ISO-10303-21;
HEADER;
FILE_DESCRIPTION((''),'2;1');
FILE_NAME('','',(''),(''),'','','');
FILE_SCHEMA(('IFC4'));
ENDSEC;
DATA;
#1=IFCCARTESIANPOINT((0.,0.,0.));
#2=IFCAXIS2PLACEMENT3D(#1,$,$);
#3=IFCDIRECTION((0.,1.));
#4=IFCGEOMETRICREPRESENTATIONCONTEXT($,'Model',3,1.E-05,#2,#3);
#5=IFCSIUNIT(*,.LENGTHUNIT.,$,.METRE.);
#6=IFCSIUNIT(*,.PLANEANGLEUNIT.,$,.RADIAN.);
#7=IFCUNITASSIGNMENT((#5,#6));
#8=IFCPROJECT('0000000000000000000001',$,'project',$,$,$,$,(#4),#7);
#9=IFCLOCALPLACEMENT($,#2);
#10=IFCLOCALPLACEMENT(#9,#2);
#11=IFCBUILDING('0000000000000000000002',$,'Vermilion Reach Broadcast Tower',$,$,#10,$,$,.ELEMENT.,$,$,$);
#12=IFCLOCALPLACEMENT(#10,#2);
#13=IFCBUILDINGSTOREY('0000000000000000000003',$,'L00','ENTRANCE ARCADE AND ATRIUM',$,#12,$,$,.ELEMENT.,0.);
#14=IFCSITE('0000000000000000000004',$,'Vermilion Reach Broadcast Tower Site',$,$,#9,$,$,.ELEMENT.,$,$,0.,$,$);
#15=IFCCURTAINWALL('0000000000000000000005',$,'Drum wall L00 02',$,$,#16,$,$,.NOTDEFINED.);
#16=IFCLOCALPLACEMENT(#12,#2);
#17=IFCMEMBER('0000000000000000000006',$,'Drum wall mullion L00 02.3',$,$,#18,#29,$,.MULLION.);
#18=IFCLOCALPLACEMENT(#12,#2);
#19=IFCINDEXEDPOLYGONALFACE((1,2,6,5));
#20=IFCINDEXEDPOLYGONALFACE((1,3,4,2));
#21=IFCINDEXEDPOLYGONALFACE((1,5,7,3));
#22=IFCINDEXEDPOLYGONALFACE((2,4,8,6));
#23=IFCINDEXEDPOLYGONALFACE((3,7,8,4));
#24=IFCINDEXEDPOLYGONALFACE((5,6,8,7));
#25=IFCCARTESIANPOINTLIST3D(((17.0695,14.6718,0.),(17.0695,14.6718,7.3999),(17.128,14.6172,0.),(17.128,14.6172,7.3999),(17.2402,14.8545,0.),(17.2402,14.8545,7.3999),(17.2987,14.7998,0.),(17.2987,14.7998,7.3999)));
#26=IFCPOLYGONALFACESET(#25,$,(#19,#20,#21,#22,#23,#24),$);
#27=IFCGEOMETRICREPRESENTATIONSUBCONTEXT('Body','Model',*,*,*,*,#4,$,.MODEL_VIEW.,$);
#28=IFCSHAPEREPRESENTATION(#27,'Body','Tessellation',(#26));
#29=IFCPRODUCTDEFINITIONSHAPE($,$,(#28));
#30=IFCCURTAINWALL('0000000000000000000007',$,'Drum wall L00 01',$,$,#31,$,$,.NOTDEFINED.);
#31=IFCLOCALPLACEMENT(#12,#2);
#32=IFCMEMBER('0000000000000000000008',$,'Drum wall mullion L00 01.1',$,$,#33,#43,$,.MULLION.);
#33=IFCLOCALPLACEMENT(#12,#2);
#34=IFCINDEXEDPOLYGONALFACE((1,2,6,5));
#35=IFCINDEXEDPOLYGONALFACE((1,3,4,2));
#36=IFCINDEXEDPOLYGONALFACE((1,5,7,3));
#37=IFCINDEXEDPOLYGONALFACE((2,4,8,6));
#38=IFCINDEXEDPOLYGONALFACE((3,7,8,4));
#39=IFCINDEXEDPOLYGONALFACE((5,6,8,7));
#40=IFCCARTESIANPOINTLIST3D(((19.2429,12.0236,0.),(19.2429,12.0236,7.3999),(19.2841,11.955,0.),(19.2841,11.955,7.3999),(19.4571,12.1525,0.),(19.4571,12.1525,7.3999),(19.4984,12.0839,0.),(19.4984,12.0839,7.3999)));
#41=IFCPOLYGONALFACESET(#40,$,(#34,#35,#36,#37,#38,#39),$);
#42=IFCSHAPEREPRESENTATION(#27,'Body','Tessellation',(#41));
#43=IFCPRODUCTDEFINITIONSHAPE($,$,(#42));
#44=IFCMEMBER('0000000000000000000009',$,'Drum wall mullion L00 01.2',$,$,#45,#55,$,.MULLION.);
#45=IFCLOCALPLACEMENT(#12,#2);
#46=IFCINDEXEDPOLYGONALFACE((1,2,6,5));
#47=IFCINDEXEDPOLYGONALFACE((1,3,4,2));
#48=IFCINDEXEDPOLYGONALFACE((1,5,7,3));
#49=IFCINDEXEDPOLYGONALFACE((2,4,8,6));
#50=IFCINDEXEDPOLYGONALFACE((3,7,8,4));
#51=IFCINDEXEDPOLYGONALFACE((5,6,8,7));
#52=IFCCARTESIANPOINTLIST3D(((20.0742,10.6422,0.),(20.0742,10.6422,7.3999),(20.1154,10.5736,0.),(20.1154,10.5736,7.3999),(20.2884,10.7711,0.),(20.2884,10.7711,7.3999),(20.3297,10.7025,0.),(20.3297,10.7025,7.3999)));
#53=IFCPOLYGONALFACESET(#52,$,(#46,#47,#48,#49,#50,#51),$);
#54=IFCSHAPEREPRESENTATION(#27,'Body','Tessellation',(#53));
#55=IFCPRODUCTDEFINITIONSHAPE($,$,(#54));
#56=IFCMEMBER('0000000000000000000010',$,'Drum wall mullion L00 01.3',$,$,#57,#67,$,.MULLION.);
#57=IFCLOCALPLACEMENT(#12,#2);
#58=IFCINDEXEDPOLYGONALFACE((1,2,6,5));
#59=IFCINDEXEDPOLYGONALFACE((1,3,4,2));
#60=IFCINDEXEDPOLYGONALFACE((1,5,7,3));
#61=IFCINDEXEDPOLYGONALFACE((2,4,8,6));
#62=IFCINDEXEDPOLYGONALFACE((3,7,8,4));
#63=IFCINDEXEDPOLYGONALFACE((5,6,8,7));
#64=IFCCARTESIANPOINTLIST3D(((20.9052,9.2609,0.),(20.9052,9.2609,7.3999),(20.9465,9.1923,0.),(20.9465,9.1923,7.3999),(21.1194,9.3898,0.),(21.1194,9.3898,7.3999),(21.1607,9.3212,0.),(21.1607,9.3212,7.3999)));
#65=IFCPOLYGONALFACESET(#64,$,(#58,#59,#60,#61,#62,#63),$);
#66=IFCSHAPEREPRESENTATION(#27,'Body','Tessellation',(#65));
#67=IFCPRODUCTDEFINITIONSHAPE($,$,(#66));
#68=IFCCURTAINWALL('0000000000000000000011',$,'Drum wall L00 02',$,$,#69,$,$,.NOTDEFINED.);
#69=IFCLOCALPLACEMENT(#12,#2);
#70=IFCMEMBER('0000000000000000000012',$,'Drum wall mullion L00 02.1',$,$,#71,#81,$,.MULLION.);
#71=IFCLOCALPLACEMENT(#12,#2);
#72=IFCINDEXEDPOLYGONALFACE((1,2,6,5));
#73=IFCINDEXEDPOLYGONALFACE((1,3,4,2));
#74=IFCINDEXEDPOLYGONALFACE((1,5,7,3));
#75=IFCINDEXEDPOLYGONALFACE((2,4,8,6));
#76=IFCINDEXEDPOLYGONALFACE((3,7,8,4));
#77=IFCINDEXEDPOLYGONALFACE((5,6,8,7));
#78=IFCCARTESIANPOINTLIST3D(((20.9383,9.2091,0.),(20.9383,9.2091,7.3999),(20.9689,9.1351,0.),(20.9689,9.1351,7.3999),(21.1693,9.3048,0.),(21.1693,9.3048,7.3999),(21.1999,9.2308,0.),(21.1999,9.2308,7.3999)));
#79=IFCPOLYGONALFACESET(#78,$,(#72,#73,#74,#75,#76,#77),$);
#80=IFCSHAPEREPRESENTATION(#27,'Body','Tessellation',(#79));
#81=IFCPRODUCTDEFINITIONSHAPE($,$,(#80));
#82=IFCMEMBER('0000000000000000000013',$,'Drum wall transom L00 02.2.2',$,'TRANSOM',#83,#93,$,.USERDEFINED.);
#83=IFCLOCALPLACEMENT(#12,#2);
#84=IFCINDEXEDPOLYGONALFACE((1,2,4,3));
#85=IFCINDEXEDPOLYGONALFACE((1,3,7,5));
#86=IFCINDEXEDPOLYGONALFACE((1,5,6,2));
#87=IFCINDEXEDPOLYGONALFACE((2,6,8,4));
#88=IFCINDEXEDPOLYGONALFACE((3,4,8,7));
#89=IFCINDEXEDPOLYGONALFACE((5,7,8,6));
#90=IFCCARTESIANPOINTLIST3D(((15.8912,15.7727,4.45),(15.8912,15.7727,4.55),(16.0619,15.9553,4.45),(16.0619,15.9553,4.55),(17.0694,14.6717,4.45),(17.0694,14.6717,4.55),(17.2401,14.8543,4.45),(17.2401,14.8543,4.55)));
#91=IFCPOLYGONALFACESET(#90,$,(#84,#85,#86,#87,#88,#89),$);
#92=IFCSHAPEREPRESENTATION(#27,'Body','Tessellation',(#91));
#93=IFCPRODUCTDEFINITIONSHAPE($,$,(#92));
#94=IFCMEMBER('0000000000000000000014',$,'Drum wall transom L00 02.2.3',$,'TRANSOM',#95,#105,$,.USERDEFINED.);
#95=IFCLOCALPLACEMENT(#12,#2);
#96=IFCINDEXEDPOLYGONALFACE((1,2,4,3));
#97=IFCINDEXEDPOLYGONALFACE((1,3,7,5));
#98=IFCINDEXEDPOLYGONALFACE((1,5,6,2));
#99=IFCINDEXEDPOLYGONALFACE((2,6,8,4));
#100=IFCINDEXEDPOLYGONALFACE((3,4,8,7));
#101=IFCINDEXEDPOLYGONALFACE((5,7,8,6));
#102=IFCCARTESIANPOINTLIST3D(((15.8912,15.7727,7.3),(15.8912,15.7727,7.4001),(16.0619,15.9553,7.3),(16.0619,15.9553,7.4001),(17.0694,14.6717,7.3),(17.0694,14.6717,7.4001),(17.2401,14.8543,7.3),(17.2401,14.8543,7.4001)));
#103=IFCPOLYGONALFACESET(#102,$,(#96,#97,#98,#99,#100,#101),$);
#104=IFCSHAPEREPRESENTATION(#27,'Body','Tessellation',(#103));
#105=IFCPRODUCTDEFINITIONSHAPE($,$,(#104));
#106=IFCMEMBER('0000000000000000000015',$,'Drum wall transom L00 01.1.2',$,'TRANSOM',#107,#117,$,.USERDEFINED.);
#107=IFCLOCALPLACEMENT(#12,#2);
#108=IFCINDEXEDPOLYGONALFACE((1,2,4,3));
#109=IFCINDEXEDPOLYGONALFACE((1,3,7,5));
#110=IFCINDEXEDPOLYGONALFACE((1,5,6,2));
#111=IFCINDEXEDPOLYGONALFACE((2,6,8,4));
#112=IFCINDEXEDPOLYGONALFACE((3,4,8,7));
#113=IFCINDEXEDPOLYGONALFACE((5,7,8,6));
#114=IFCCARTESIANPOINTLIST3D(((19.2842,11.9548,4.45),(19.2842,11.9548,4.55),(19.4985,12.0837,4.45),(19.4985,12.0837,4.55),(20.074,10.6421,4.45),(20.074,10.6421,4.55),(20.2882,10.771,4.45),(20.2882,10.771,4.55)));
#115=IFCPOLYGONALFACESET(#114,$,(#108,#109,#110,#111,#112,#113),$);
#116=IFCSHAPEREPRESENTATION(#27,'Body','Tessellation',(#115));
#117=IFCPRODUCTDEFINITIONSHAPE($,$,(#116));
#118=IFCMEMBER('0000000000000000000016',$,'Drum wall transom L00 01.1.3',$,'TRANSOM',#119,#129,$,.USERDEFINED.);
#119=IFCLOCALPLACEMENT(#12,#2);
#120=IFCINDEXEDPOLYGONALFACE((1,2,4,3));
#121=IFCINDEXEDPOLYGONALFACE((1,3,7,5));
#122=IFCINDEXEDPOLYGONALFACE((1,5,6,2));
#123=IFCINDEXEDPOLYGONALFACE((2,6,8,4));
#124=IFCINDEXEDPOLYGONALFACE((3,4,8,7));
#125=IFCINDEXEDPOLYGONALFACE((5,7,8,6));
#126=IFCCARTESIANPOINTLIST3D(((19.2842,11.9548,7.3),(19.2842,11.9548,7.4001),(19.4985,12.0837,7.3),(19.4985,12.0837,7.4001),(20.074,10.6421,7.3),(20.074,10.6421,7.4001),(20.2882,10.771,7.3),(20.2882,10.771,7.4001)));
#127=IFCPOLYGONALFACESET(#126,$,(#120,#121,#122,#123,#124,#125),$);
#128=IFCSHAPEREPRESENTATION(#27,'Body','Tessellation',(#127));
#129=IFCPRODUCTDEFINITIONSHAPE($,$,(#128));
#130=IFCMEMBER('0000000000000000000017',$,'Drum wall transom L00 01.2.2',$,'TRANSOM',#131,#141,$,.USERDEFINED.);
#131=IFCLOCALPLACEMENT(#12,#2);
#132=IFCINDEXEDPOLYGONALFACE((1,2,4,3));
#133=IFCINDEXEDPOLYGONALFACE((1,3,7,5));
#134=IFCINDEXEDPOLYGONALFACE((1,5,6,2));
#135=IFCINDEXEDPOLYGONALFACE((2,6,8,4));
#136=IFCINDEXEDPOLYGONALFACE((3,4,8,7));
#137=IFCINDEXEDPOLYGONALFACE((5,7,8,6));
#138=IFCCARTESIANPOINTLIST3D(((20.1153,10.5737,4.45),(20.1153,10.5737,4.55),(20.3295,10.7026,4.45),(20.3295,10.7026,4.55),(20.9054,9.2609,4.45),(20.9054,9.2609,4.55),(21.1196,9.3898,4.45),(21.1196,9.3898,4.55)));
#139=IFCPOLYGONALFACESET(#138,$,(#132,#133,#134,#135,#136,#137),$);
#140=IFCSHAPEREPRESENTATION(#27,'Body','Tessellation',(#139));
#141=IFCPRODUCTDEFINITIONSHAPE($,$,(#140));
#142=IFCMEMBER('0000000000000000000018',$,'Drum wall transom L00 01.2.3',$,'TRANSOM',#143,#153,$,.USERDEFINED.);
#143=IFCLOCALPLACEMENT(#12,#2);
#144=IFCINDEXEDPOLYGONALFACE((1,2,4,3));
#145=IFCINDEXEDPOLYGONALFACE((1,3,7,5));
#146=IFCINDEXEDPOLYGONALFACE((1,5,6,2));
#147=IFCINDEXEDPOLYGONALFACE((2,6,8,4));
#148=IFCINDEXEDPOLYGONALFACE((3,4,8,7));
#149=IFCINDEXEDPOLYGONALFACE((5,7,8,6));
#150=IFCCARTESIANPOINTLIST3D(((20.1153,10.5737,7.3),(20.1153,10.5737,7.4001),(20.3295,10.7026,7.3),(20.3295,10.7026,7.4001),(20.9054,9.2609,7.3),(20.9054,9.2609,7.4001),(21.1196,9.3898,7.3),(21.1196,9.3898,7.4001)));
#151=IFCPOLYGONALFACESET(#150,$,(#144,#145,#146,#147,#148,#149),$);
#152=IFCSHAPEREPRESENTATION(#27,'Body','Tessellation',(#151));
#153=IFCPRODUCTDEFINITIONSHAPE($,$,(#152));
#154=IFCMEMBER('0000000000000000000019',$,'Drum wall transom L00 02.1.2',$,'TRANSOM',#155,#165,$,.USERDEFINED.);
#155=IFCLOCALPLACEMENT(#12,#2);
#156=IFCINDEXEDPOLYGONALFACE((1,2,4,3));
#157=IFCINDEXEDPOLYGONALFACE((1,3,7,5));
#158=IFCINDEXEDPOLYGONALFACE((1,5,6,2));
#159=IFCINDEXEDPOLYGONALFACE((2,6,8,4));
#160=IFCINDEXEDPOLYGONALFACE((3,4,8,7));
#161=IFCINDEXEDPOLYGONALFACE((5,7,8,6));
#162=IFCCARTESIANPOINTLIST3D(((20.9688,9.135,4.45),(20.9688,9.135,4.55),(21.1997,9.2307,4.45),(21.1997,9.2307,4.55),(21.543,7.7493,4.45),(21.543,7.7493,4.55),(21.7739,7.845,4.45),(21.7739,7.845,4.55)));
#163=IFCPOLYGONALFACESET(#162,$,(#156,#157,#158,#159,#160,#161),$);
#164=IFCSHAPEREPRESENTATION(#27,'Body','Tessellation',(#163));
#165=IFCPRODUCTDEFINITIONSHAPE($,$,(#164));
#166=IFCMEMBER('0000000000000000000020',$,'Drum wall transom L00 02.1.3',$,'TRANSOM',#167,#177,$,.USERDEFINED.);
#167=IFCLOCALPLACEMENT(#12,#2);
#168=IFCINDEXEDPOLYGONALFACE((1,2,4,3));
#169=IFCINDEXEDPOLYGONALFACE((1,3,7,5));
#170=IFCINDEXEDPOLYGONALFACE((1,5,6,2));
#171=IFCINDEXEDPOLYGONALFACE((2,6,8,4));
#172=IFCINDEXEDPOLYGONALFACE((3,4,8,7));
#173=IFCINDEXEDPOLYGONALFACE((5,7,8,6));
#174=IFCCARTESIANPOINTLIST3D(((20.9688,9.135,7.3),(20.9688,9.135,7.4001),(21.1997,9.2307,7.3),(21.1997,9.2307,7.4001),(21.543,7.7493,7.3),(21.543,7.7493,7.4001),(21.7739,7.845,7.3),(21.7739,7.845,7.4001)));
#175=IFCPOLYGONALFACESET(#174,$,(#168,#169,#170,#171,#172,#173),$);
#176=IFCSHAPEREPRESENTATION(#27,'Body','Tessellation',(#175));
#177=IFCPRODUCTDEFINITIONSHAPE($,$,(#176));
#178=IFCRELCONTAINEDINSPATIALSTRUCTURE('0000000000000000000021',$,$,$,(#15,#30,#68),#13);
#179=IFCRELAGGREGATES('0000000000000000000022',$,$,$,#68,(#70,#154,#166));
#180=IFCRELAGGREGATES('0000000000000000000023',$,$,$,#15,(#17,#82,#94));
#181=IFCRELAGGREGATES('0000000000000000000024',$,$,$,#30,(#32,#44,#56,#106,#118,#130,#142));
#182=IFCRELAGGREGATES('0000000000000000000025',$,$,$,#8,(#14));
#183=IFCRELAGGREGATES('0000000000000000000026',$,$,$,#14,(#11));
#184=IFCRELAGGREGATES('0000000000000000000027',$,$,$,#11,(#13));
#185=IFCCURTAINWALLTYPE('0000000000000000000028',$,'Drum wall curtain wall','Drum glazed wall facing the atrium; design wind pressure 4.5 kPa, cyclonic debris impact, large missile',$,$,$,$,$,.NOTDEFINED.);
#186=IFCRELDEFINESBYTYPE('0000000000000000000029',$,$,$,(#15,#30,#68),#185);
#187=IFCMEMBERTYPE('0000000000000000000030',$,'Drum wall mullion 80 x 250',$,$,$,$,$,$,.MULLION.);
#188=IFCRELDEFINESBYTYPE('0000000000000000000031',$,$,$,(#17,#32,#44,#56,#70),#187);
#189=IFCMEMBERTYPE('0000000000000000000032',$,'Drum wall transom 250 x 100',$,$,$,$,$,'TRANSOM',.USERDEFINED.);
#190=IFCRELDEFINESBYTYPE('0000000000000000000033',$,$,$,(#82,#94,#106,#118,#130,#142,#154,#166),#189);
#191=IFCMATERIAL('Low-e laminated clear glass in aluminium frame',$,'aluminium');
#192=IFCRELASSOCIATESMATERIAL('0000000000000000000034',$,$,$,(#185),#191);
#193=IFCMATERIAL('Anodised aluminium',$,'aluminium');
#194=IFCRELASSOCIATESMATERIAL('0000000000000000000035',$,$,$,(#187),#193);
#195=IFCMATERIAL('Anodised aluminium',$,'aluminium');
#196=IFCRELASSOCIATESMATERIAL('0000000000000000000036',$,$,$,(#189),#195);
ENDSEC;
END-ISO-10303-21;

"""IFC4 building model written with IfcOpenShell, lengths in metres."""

from ifc_helpers import new_model, si_unit, direction, frame, origin, origin_2d, place, context, subcontext, project, spatial, rectangle, extrude, material, material_profile, profile_set, type_object, element, aggregate, save


model = new_model("IFC4")

# Units and contexts
model_context = context("Model", 3, precision=1e-05, world=origin(), true_north=direction((0.0, 1.0)))
body_context = subcontext(model_context, "Body", "Model", "MODEL_VIEW")
ifc_project = project(units=[si_unit("LENGTHUNIT", "METRE"), si_unit("PLANEANGLEUNIT", "RADIAN")], contexts=[model_context])

# Site, building, storey
site_placement = place(None, origin())
site = spatial("IfcSite", under=ifc_project, at=site_placement, Name="Vermilion Reach Broadcast Tower Site", CompositionType="ELEMENT", RefElevation=0.0)
building_placement = place(site_placement, origin())
building = spatial("IfcBuilding", under=site, at=building_placement, Name="Vermilion Reach Broadcast Tower", CompositionType="ELEMENT")
storey_placement = place(building_placement, origin())
storey = spatial("IfcBuildingStorey", under=building, at=storey_placement, Name="L00", Description="ENTRANCE ARCADE AND ATRIUM", CompositionType="ELEMENT", Elevation=0.0)

# Curtain walls, members
ifc_material_1 = material(Name="Low-e laminated clear glass in aluminium frame", Category="aluminium")
curtain_wall_type = type_object("IfcCurtainWallType", Name="Drum wall curtain wall", Description="Drum glazed wall facing the atrium; design wind pressure 4.5 kPa, cyclonic debris impact, large missile", PredefinedType="NOTDEFINED", material=ifc_material_1)
placement = place(storey_placement, origin())
curtain_wall_1 = element("IfcCurtainWall", 1, at=placement, inside=storey, type_object=curtain_wall_type, Name="Drum wall L00 02", PredefinedType="NOTDEFINED")
ifc_material_2 = material(Name="Anodised aluminium", Category="aluminium")
ifc_material_profile_1 = material_profile(ifc_material_2, rectangle(XDim=0.25, YDim=0.0801, at=origin_2d()), Name="Drum wall mullion 80 x 250")
ifc_profile_set_1 = profile_set([ifc_material_profile_1], Name="Anodised aluminium")
member_type_1 = type_object("IfcMemberType", Name="Drum wall mullion 80 x 250", PredefinedType="MULLION", material=ifc_profile_set_1)
member_1_placement = place(storey_placement, frame((17.1841, 14.7358, 0.0), z_axis=(0.0, 0.0, 1.0), x_axis=(0.682748, 0.730654, 0.0)))
member_1 = element("IfcMember", 2, at=member_1_placement, type_object=member_type_1, Name="Drum wall mullion L00 02.3", PredefinedType="MULLION", context=body_context, shape_type="SweptSolid", body=[
    extrude(rectangle(XDim=0.25, YDim=0.0801, at=origin_2d()), origin(), (0.0, 0.0, 1.0), 7.3999),
])
curtain_wall_2 = element("IfcCurtainWall", 3, at=placement, inside=storey, type_object=curtain_wall_type, Name="Drum wall L00 01", PredefinedType="NOTDEFINED")
member_2_placement = place(storey_placement, frame((19.3706, 12.0537, 0.0), z_axis=(0.0, 0.0, 1.0), x_axis=(0.856821, 0.515613, 0.0)))
member_2 = element("IfcMember", 4, at=member_2_placement, type_object=member_type_1, Name="Drum wall mullion L00 01.1", PredefinedType="MULLION", context=body_context, shape_type="SweptSolid", body=[
    extrude(rectangle(XDim=0.25, YDim=0.0801, at=origin_2d()), origin(), (0.0, 0.0, 1.0), 7.3999),
])
member_3_placement = place(storey_placement, frame((20.2019, 10.6724, 0.0), z_axis=(0.0, 0.0, 1.0), x_axis=(0.856821, 0.515613, 0.0)))
member_3 = element("IfcMember", 5, at=member_3_placement, type_object=member_type_1, Name="Drum wall mullion L00 01.2", PredefinedType="MULLION", context=body_context, shape_type="SweptSolid", body=[
    extrude(rectangle(XDim=0.25, YDim=0.0801, at=origin_2d()), origin(), (0.0, 0.0, 1.0), 7.3999),
])
member_4_placement = place(storey_placement, frame((21.033, 9.291, 0.0), z_axis=(0.0, 0.0, 1.0), x_axis=(0.856821, 0.515613, 0.0)))
member_4 = element("IfcMember", 6, at=member_4_placement, type_object=member_type_1, Name="Drum wall mullion L00 01.3", PredefinedType="MULLION", context=body_context, shape_type="SweptSolid", body=[
    extrude(rectangle(XDim=0.25, YDim=0.0801, at=origin_2d()), origin(), (0.0, 0.0, 1.0), 7.3999),
])

# Curtain wall, member
curtain_wall_3 = element("IfcCurtainWall", 7, at=placement, inside=storey, type_object=curtain_wall_type, Name="Drum wall L00 02", PredefinedType="NOTDEFINED")
member_5_placement = place(storey_placement, frame((21.0691, 9.22, 0.0), z_axis=(0.0, 0.0, 1.0), x_axis=(0.923875, 0.382693, 0.0)))
member_5 = element("IfcMember", 8, at=member_5_placement, type_object=member_type_1, Name="Drum wall mullion L00 02.1", PredefinedType="MULLION", context=body_context, shape_type="SweptSolid", body=[
    extrude(rectangle(XDim=0.25, YDim=0.0801, at=origin_2d()), origin(), (0.0, 0.0, 1.0), 7.3999),
])

# Members
ifc_material_3 = material(Name="Anodised aluminium", Category="aluminium")
ifc_material_profile_2 = material_profile(ifc_material_3, rectangle(XDim=0.25, YDim=0.1001, at=origin_2d()), Name="Drum wall transom 250 x 100")
ifc_profile_set_2 = profile_set([ifc_material_profile_2], Name="Anodised aluminium")
member_type_2 = type_object("IfcMemberType", Name="Drum wall transom 250 x 100", ElementType="TRANSOM", PredefinedType="USERDEFINED", material=ifc_profile_set_2)
member_6_placement = place(storey_placement, frame((15.9766, 15.864, 4.5), z_axis=(0.730622, -0.682782, 0.0), x_axis=(0.682782, 0.730622, 0.0)))
member_6 = element("IfcMember", 9, at=member_6_placement, type_object=member_type_2, Name="Drum wall transom L00 02.2.2", ObjectType="TRANSOM", PredefinedType="USERDEFINED", context=body_context, shape_type="SweptSolid", body=[
    extrude(rectangle(XDim=0.25, YDim=0.1001, at=origin_2d()), origin(), (0.0, 0.0, 1.0), 1.6125),
])
member_7_placement = place(storey_placement, frame((15.9766, 15.864, 7.3501), z_axis=(0.730622, -0.682782, 0.0), x_axis=(0.682782, 0.730622, 0.0)))
member_7 = element("IfcMember", 10, at=member_7_placement, type_object=member_type_2, Name="Drum wall transom L00 02.2.3", ObjectType="TRANSOM", PredefinedType="USERDEFINED", context=body_context, shape_type="SweptSolid", body=[
    extrude(rectangle(XDim=0.25, YDim=0.1001, at=origin_2d()), origin(), (0.0, 0.0, 1.0), 1.6125),
])
member_8_placement = place(storey_placement, frame((19.3914, 12.0193, 4.5), z_axis=(0.515527, -0.856874, 0.0), x_axis=(0.856874, 0.515527, 0.0)))
member_8 = element("IfcMember", 11, at=member_8_placement, type_object=member_type_2, Name="Drum wall transom L00 01.1.2", ObjectType="TRANSOM", PredefinedType="USERDEFINED", context=body_context, shape_type="SweptSolid", body=[
    extrude(rectangle(XDim=0.25, YDim=0.1001, at=origin_2d()), origin(), (0.0, 0.0, 1.0), 1.532),
])
member_9_placement = place(storey_placement, frame((19.3914, 12.0193, 7.3501), z_axis=(0.515527, -0.856874, 0.0), x_axis=(0.856874, 0.515527, 0.0)))
member_9 = element("IfcMember", 12, at=member_9_placement, type_object=member_type_2, Name="Drum wall transom L00 01.1.3", ObjectType="TRANSOM", PredefinedType="USERDEFINED", context=body_context, shape_type="SweptSolid", body=[
    extrude(rectangle(XDim=0.25, YDim=0.1001, at=origin_2d()), origin(), (0.0, 0.0, 1.0), 1.532),
])
member_10_placement = place(storey_placement, frame((20.2224, 10.6382, 4.5), z_axis=(0.515644, -0.856803, 0.0), x_axis=(0.856803, 0.515644, 0.0)))
member_10 = element("IfcMember", 13, at=member_10_placement, type_object=member_type_2, Name="Drum wall transom L00 01.2.2", ObjectType="TRANSOM", PredefinedType="USERDEFINED", context=body_context, shape_type="SweptSolid", body=[
    extrude(rectangle(XDim=0.25, YDim=0.1001, at=origin_2d()), origin(), (0.0, 0.0, 1.0), 1.5322),
])
member_11_placement = place(storey_placement, frame((20.2224, 10.6382, 7.3501), z_axis=(0.515644, -0.856803, 0.0), x_axis=(0.856803, 0.515644, 0.0)))
member_11 = element("IfcMember", 14, at=member_11_placement, type_object=member_type_2, Name="Drum wall transom L00 01.2.3", ObjectType="TRANSOM", PredefinedType="USERDEFINED", context=body_context, shape_type="SweptSolid", body=[
    extrude(rectangle(XDim=0.25, YDim=0.1001, at=origin_2d()), origin(), (0.0, 0.0, 1.0), 1.5322),
])
member_12_placement = place(storey_placement, frame((21.0842, 9.1829, 4.5), z_axis=(0.382812, -0.923826, 0.0), x_axis=(0.923826, 0.382812, 0.0)))
member_12 = element("IfcMember", 15, at=member_12_placement, type_object=member_type_2, Name="Drum wall transom L00 02.1.2", ObjectType="TRANSOM", PredefinedType="USERDEFINED", context=body_context, shape_type="SweptSolid", body=[
    extrude(rectangle(XDim=0.25, YDim=0.1001, at=origin_2d()), origin(), (0.0, 0.0, 1.0), 1.5),
])
member_13_placement = place(storey_placement, frame((21.0842, 9.1829, 7.3501), z_axis=(0.382812, -0.923826, 0.0), x_axis=(0.923826, 0.382812, 0.0)))
member_13 = element("IfcMember", 16, at=member_13_placement, type_object=member_type_2, Name="Drum wall transom L00 02.1.3", ObjectType="TRANSOM", PredefinedType="USERDEFINED", context=body_context, shape_type="SweptSolid", body=[
    extrude(rectangle(XDim=0.25, YDim=0.1001, at=origin_2d()), origin(), (0.0, 0.0, 1.0), 1.5),
])
aggregate(curtain_wall_3, [member_5, member_12, member_13])

aggregate(curtain_wall_1, [member_1, member_6, member_7])
aggregate(curtain_wall_2, [member_2, member_3, member_4, member_8, member_9, member_10, member_11])

save(model, "model.ifc")
